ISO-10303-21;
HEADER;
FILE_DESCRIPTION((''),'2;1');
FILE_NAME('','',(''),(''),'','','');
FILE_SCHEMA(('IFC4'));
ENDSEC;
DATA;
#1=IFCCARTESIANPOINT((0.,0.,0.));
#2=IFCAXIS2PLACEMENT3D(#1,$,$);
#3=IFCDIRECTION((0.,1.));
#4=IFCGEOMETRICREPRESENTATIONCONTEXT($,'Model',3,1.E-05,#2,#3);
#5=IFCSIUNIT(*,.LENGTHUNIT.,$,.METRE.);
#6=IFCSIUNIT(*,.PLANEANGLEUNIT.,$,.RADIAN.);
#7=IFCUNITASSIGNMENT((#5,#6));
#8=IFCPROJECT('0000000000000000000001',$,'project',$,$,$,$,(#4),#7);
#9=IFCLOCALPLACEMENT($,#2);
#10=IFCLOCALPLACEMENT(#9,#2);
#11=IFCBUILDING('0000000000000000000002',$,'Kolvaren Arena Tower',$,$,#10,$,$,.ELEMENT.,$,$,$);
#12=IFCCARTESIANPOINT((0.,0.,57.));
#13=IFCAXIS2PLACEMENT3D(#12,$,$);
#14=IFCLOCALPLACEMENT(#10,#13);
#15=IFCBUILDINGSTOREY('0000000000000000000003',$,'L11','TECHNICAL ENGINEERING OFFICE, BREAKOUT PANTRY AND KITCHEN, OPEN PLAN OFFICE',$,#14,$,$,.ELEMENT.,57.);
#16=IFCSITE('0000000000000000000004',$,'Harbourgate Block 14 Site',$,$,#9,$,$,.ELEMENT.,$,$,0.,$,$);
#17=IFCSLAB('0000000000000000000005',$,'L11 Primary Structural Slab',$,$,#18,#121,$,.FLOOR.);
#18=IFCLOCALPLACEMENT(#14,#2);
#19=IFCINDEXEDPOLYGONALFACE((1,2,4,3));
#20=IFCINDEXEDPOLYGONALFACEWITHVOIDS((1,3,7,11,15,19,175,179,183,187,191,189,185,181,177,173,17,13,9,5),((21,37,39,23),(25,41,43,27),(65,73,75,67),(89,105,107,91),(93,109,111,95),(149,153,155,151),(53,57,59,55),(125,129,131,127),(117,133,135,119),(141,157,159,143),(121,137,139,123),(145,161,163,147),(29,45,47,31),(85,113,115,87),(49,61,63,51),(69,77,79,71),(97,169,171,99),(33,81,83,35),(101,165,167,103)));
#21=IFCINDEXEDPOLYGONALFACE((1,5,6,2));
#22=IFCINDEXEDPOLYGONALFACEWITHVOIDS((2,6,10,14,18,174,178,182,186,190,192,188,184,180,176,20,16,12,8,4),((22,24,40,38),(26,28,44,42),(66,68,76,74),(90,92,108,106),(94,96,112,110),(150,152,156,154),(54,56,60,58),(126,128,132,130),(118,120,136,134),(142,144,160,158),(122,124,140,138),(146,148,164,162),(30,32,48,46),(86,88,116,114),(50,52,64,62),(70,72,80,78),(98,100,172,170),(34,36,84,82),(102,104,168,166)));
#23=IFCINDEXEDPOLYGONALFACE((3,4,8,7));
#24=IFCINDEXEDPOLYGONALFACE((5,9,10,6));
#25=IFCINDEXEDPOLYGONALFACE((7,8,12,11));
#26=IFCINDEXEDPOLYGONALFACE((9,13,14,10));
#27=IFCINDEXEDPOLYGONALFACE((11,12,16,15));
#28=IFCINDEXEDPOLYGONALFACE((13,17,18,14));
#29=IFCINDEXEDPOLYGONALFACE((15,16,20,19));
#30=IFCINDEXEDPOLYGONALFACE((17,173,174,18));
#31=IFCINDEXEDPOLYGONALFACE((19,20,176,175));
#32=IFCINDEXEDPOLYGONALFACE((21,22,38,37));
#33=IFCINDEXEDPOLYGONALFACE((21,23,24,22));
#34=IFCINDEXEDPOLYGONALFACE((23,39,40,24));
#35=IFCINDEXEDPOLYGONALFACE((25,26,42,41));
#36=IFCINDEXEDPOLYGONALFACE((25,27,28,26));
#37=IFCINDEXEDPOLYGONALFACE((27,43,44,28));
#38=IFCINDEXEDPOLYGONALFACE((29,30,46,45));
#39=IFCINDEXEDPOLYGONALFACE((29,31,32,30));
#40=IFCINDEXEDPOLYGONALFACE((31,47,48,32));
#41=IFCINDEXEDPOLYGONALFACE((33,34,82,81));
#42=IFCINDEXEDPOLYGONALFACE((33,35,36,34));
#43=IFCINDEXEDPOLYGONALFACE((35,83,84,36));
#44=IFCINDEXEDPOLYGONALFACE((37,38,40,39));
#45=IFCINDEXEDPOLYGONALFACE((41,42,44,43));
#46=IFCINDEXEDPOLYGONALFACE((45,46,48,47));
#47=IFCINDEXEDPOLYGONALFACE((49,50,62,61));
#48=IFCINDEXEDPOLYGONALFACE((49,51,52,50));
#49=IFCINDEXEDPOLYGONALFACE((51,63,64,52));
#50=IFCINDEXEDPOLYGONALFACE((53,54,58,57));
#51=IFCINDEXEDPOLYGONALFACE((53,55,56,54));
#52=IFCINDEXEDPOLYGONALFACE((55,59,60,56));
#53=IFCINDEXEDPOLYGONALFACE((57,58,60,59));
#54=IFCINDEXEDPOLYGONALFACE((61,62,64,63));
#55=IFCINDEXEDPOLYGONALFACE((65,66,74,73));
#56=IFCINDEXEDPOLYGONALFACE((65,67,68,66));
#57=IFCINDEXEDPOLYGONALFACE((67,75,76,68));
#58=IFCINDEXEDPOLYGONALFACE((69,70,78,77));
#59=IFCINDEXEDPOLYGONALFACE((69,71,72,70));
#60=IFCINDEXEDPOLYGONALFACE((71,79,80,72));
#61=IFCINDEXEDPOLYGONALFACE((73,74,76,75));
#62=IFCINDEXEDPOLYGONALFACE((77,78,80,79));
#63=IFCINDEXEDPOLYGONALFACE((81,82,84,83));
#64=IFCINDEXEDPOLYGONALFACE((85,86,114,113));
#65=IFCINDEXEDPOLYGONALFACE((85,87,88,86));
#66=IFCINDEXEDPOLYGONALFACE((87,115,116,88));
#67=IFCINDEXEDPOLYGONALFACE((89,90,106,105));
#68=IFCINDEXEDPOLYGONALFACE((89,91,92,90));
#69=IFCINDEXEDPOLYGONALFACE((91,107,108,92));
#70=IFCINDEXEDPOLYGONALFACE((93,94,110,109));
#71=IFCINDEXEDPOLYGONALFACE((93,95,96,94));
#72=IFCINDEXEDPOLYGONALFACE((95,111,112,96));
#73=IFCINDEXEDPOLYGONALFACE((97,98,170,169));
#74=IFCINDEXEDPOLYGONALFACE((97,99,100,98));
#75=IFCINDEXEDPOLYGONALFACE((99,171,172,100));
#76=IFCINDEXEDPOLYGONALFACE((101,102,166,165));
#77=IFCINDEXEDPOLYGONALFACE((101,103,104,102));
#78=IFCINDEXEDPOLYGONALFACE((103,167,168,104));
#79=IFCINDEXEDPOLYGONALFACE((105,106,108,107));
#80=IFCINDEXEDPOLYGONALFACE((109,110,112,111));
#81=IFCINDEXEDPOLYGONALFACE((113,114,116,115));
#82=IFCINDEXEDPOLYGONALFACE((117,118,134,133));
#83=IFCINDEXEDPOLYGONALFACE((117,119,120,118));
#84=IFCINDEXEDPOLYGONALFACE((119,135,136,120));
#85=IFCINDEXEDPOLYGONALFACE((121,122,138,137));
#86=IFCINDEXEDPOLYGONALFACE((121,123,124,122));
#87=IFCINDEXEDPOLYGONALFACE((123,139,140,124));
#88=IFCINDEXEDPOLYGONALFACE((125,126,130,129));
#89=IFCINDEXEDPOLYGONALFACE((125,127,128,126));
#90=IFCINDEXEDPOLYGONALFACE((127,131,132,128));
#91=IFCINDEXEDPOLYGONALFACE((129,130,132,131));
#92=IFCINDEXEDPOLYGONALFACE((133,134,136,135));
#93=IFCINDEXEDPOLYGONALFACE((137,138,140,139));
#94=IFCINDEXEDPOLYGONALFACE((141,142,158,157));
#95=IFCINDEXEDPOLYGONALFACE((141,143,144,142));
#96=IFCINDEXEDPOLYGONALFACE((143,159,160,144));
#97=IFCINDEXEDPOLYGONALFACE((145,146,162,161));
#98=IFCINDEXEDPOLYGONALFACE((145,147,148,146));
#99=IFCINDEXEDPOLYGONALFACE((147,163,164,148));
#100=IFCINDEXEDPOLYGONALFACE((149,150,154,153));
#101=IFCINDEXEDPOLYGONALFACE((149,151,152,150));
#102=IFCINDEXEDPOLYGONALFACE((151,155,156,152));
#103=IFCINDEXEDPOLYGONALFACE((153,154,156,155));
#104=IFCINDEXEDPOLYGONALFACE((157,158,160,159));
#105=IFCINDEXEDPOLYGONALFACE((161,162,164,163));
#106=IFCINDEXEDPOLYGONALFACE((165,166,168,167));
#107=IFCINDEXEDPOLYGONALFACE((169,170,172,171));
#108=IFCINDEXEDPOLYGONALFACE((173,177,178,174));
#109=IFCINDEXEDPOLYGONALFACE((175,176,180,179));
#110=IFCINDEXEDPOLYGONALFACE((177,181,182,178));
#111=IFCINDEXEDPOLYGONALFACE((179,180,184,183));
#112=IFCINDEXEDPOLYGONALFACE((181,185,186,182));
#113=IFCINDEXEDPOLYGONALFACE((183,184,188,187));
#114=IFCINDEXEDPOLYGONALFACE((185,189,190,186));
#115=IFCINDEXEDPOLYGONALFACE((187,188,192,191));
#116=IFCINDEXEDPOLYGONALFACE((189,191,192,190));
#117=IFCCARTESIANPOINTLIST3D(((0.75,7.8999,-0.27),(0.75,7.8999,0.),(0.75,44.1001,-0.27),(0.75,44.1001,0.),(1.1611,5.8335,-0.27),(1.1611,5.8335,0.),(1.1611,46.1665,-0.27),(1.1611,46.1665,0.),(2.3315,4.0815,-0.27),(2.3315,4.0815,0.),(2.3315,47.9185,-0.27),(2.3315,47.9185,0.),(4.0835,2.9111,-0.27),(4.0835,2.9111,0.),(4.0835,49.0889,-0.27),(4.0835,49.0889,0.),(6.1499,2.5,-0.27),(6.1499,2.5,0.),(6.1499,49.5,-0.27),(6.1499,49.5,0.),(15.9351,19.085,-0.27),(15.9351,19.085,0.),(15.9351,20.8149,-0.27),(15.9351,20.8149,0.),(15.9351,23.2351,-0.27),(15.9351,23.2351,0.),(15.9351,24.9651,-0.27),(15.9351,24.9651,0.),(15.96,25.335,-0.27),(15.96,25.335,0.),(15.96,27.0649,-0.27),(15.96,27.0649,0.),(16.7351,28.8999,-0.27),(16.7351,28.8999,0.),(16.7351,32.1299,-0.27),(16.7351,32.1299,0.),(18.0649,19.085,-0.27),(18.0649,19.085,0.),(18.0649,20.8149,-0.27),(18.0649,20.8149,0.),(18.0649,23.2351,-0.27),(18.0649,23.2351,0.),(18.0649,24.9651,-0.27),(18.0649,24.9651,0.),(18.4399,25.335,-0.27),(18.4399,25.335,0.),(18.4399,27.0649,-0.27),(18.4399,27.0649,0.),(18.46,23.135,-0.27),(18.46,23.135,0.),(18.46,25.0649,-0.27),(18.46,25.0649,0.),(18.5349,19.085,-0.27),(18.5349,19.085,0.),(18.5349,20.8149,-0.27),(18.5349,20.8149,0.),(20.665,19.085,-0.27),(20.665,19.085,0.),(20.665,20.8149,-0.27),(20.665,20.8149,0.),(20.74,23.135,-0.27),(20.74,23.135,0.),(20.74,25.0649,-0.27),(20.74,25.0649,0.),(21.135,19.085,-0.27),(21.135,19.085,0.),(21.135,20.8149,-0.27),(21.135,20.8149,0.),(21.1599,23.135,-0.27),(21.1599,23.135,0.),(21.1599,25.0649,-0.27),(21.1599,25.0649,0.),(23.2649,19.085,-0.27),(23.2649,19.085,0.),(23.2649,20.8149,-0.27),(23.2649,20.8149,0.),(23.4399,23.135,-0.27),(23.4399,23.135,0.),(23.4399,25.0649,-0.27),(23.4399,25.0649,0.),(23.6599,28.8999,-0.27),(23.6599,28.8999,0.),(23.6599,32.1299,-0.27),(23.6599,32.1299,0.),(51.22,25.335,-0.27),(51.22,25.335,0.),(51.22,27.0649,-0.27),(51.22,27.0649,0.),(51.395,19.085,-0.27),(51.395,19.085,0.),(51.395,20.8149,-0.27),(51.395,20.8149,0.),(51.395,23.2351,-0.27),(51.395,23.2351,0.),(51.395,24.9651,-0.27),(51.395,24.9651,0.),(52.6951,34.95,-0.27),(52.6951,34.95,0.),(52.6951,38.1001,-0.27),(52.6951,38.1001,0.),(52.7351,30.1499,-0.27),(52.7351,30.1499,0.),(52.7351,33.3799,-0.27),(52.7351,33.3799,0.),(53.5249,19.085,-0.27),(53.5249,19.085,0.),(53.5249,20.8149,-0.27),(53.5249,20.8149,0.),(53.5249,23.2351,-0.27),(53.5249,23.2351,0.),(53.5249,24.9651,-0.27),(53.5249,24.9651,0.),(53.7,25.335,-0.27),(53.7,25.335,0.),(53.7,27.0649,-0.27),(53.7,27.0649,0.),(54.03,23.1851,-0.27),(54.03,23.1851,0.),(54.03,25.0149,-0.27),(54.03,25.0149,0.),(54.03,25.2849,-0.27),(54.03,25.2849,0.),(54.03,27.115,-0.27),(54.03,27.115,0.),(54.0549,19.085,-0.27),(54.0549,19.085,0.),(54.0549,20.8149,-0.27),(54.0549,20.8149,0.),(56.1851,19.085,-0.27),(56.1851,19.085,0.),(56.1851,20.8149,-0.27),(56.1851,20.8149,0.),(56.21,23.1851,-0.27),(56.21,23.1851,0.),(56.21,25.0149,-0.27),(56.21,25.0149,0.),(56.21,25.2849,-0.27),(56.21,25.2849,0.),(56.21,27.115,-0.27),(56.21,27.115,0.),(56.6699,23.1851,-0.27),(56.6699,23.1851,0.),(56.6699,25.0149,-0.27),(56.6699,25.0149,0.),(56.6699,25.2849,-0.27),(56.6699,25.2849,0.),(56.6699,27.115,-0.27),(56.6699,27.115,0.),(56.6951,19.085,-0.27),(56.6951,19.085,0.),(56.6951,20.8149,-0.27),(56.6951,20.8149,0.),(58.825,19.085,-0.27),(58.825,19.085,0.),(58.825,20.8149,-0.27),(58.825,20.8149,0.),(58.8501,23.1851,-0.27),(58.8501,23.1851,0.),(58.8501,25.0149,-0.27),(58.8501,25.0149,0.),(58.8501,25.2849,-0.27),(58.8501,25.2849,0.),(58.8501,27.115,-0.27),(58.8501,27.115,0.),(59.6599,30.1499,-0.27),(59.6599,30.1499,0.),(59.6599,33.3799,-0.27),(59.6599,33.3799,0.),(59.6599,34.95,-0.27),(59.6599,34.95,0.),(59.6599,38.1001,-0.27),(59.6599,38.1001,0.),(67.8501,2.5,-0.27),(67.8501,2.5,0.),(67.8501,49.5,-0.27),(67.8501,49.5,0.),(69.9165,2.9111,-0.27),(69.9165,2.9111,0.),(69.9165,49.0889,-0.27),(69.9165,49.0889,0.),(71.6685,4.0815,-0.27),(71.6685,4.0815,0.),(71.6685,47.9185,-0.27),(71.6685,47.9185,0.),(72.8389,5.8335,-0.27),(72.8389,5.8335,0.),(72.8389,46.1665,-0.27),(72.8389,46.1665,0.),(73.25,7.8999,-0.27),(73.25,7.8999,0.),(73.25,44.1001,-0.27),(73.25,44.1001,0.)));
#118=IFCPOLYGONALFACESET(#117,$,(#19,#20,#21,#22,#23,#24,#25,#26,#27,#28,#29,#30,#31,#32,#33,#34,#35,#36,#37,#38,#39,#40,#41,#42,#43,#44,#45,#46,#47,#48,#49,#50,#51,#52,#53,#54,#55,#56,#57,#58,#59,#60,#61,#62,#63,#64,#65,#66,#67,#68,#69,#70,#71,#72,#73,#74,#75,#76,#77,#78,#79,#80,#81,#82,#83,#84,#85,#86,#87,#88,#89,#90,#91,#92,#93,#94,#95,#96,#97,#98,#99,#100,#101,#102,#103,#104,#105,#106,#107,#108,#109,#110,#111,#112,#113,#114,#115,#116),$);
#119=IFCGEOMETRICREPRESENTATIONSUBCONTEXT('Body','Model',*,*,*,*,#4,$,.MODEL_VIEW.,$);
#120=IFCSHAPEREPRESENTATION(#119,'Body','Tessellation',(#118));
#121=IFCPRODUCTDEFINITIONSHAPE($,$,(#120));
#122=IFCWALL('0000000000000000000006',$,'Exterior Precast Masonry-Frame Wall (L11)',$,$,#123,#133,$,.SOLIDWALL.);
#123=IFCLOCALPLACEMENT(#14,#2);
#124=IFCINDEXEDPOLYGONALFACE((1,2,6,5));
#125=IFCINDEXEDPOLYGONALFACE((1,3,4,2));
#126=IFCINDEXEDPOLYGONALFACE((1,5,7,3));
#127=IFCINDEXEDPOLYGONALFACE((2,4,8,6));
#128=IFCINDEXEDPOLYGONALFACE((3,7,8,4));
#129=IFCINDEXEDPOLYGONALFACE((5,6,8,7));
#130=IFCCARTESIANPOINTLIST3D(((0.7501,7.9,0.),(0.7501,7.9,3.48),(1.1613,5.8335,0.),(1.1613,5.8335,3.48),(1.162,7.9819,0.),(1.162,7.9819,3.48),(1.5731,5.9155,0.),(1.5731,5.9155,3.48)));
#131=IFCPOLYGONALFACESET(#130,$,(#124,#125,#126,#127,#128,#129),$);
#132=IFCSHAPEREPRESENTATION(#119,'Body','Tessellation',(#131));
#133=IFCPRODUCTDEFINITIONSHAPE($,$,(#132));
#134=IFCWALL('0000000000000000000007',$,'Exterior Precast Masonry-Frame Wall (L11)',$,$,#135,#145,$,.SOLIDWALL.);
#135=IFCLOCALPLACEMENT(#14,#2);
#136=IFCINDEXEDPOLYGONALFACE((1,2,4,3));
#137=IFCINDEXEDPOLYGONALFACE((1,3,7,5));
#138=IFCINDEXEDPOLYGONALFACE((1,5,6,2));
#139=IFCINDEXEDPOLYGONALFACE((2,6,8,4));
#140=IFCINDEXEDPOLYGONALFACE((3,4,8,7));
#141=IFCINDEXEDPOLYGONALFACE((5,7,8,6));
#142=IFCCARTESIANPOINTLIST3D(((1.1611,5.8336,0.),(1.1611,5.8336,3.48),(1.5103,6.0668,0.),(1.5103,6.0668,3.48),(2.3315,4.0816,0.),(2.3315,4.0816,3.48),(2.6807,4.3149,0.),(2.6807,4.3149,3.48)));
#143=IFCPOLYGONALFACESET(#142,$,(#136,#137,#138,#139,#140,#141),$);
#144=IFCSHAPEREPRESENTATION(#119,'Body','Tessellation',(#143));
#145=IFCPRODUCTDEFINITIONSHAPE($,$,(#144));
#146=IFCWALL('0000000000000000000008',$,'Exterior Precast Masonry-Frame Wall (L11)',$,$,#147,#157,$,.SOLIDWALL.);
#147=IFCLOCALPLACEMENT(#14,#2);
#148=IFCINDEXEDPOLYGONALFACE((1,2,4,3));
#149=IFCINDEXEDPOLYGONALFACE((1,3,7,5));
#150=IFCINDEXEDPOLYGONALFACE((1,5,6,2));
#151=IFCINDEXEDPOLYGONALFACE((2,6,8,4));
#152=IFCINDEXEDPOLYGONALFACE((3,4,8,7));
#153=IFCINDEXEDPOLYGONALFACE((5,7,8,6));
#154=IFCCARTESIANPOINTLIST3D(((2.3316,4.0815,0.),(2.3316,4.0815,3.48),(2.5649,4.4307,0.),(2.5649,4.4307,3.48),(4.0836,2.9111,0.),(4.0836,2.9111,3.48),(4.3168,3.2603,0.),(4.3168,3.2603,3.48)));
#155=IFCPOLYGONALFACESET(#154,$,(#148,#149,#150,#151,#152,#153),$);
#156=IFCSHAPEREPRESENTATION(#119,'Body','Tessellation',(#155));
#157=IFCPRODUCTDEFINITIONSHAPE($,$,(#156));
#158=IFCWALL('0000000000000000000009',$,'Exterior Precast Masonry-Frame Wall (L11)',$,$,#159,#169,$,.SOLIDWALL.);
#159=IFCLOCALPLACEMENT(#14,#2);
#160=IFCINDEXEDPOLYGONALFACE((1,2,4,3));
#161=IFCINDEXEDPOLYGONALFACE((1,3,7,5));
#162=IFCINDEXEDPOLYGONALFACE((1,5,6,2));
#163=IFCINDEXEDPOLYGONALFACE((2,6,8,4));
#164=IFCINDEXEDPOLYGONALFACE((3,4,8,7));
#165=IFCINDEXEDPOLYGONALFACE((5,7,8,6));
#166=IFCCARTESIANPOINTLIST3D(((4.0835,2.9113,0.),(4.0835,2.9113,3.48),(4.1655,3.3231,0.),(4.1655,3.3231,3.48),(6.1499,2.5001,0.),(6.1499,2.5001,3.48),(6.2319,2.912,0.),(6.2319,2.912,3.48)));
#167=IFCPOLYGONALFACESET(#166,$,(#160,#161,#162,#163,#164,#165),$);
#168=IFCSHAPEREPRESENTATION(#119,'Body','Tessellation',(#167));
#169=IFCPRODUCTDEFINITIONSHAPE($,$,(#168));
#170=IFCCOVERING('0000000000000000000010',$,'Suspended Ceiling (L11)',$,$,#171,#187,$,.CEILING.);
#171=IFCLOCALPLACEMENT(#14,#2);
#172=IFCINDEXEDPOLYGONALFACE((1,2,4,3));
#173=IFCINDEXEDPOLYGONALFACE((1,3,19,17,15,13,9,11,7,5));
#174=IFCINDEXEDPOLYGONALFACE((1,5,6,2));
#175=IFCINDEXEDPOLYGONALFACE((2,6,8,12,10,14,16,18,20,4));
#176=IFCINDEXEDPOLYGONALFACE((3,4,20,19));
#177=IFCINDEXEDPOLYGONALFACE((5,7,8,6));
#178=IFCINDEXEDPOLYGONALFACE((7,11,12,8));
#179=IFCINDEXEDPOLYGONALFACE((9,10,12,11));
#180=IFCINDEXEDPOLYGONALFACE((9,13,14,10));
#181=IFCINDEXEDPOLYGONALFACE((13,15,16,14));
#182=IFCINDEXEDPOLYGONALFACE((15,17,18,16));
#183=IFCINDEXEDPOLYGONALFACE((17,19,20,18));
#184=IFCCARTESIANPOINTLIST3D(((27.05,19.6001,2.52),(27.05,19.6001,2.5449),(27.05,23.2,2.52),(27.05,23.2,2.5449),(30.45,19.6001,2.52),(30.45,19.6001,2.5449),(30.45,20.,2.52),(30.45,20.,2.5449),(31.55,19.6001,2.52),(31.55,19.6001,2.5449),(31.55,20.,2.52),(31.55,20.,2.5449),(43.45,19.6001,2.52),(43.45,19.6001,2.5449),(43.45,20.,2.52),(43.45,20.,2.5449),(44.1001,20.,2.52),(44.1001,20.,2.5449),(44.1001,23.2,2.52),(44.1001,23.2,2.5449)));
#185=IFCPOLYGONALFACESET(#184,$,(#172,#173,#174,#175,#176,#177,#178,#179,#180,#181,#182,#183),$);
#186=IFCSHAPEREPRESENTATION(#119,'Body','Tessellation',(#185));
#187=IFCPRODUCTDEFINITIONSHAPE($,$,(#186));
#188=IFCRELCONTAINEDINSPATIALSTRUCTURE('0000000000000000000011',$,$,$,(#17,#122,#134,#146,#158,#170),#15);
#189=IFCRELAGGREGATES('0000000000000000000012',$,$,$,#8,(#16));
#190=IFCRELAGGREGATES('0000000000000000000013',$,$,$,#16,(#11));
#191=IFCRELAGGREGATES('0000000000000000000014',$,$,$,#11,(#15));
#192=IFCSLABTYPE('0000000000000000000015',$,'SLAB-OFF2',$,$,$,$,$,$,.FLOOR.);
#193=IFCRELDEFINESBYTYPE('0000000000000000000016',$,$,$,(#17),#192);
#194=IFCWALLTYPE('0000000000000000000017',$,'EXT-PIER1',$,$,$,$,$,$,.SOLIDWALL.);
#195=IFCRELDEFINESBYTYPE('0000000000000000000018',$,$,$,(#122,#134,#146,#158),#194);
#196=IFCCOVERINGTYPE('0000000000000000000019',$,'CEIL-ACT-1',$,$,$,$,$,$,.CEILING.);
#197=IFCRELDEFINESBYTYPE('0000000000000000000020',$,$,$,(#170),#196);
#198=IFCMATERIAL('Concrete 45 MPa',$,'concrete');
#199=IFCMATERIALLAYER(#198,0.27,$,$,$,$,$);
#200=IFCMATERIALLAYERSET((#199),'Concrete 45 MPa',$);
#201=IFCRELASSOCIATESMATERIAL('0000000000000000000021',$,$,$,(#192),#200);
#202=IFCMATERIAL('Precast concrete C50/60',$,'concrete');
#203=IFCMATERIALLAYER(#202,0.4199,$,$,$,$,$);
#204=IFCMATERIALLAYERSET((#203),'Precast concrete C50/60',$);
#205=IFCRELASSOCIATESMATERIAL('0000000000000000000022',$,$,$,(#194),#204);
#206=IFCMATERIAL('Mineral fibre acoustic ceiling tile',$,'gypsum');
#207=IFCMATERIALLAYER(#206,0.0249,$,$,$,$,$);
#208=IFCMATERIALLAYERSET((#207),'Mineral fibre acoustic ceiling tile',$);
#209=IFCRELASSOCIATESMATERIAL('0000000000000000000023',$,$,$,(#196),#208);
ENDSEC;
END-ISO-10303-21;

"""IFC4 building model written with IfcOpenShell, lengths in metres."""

from ifc_helpers import new_model, si_unit, direction, frame, frame_2d, origin, place, context, subcontext, project, spatial, polyline, rectangle, outline, extrude, material, layer, layer_set, type_object, element, save


model = new_model("IFC4")

# Units and contexts
model_context = context("Model", 3, precision=1e-05, world=origin(), true_north=direction((0.0, 1.0)))
body_context = subcontext(model_context, "Body", "Model", "MODEL_VIEW")
ifc_project = project(units=[si_unit("LENGTHUNIT", "METRE"), si_unit("PLANEANGLEUNIT", "RADIAN")], contexts=[model_context])

# Site, building, storey
site_placement = place(None, origin())
site = spatial("IfcSite", under=ifc_project, at=site_placement, Name="Harbourgate Block 14 Site", CompositionType="ELEMENT", RefElevation=0.0)
building_placement = place(site_placement, origin())
building = spatial("IfcBuilding", under=site, at=building_placement, Name="Kolvaren Arena Tower", CompositionType="ELEMENT")
storey_placement = place(building_placement, frame((0.0, 0.0, 57.0)))
storey = spatial("IfcBuildingStorey", under=building, at=storey_placement, Name="L11", Description="TECHNICAL ENGINEERING OFFICE, BREAKOUT PANTRY AND KITCHEN, OPEN PLAN OFFICE", CompositionType="ELEMENT", Elevation=57.0)

# Shared definitions
ifc_material_1 = material(Name="Concrete 45 MPa", Category="concrete")

# Slab
ifc_layer_1 = layer(ifc_material_1, 0.27)
ifc_layer_set_1 = layer_set([ifc_layer_1], Name="Concrete 45 MPa")
slab_type_1 = type_object("IfcSlabType", Name="SLAB-OFF2", PredefinedType="FLOOR", material=ifc_layer_set_1)
slab_1_placement = place(storey_placement, frame((0.0, 0.0, -0.27)))
element("IfcSlab", 1, at=slab_1_placement, inside=storey, type_object=slab_type_1, Name="L11 Primary Structural Slab", PredefinedType="FLOOR", context=body_context, shape_type="SweptSolid", body=[
    extrude(outline(polyline([(67.8501, 2.5), (69.9165, 2.9111), (71.6685, 4.0815), (72.8389, 5.8335), (73.25, 7.8999), (73.25, 44.1001), (72.8389, 46.1665), (71.6685, 47.9185), (69.9165, 49.0889), (67.8501, 49.5), (6.1499, 49.5), (4.0835, 49.0889), (2.3315, 47.9185), (1.1611, 46.1665), (0.75, 44.1001), (0.75, 7.8999), (1.1611, 5.8335), (2.3315, 4.0815), (4.0835, 2.9111), (6.1499, 2.5), (67.8501, 2.5)]), holes=[polyline([(15.9351, 19.085), (15.9351, 20.8149), (18.0649, 20.8149), (18.0649, 19.085), (15.9351, 19.085)]), polyline([(18.5349, 19.085), (18.5349, 20.8149), (20.665, 20.8149), (20.665, 19.085), (18.5349, 19.085)]), polyline([(21.135, 19.085), (21.135, 20.8149), (23.2649, 20.8149), (23.2649, 19.085), (21.135, 19.085)]), polyline([(51.395, 19.085), (51.395, 20.8149), (53.5249, 20.8149), (53.5249, 19.085), (51.395, 19.085)]), polyline([(54.0549, 19.085), (54.0549, 20.8149), (56.1851, 20.8149), (56.1851, 19.085), (54.0549, 19.085)]), polyline([(56.6951, 19.085), (56.6951, 20.8149), (58.825, 20.8149), (58.825, 19.085), (56.6951, 19.085)]), polyline([(18.46, 23.135), (18.46, 25.0649), (20.74, 25.0649), (20.74, 23.135), (18.46, 23.135)]), polyline([(21.1599, 23.135), (21.1599, 25.0649), (23.4399, 25.0649), (23.4399, 23.135), (21.1599, 23.135)]), polyline([(54.03, 25.0149), (56.21, 25.0149), (56.21, 23.1851), (54.03, 23.1851), (54.03, 25.0149)]), polyline([(56.6699, 25.0149), (58.8501, 25.0149), (58.8501, 23.1851), (56.6699, 23.1851), (56.6699, 25.0149)]), polyline([(15.9351, 23.2351), (15.9351, 24.9651), (18.0649, 24.9651), (18.0649, 23.2351), (15.9351, 23.2351)]), polyline([(51.395, 24.9651), (53.5249, 24.9651), (53.5249, 23.2351), (51.395, 23.2351), (51.395, 24.9651)]), polyline([(54.03, 25.2849), (54.03, 27.115), (56.21, 27.115), (56.21, 25.2849), (54.03, 25.2849)]), polyline([(56.6699, 25.2849), (56.6699, 27.115), (58.8501, 27.115), (58.8501, 25.2849), (56.6699, 25.2849)]), polyline([(15.96, 27.0649), (18.4399, 27.0649), (18.4399, 25.335), (15.96, 25.335), (15.96, 27.0649)]), polyline([(51.22, 25.335), (51.22, 27.0649), (53.7, 27.0649), (53.7, 25.335), (51.22, 25.335)]), polyline([(16.7351, 28.8999), (16.7351, 32.1299), (23.6599, 32.1299), (23.6599, 28.8999), (16.7351, 28.8999)]), polyline([(52.7351, 33.3799), (59.6599, 33.3799), (59.6599, 30.1499), (52.7351, 30.1499), (52.7351, 33.3799)]), polyline([(52.6951, 38.1001), (59.6599, 38.1001), (59.6599, 34.95), (52.6951, 34.95), (52.6951, 38.1001)])]), origin(), (0.0, 0.0, 1.0), 0.27),
])

# Walls
ifc_material_2 = material(Name="Precast concrete C50/60", Category="concrete")
ifc_layer_2 = layer(ifc_material_2, 0.4199)
ifc_layer_set_2 = layer_set([ifc_layer_2], Name="Precast concrete C50/60")
wall_type = type_object("IfcWallType", Name="EXT-PIER1", PredefinedType="SOLIDWALL", material=ifc_layer_set_2)
for number, where, z_axis, x_axis, name in (
    (2, (1.3672, 5.8745, 0.0), (0.0, 0.0, 1.0), (-0.195136, 0.980776, 0.0), "Exterior Precast Masonry-Frame Wall (L11)"),
    (3, (2.5061, 4.1982, 0.0), (0.0, 0.0, 1.0), (-0.555502, 0.831515, 0.0), "Exterior Precast Masonry-Frame Wall (L11)"),
    (4, (4.2002, 3.0857, 0.0), (0.0, 0.0, 1.0), (-0.831515, 0.555502, 0.0), "Exterior Precast Masonry-Frame Wall (L11)"),
    (5, (6.1909, 2.7061, 0.0), (0.0, 0.0, 1.0), (-0.980776, 0.195136, 0.0), "Exterior Precast Masonry-Frame Wall (L11)"),
):
    element("IfcWall", number, at=place(storey_placement, frame(where, z_axis=z_axis, x_axis=x_axis)), inside=storey, type_object=wall_type, Name=name, PredefinedType="SOLIDWALL", context=body_context, shape_type="SweptSolid", body=[
        extrude(rectangle(XDim=2.1069, YDim=0.4199, at=frame_2d((1.0535, 0.0))), origin(), (0.0, 0.0, 1.0), 3.48),
    ])

# Covering
ifc_material_3 = material(Name="Mineral fibre acoustic ceiling tile", Category="gypsum")
ifc_layer_3 = layer(ifc_material_3, 0.0249)
ifc_layer_set_3 = layer_set([ifc_layer_3], Name="Mineral fibre acoustic ceiling tile")
covering_type_1 = type_object("IfcCoveringType", Name="CEIL-ACT-1", PredefinedType="CEILING", material=ifc_layer_set_3)
covering_1_placement = place(storey_placement, frame((0.0, 0.0, 2.52)))
element("IfcCovering", 6, at=covering_1_placement, inside=storey, type_object=covering_type_1, Name="Suspended Ceiling (L11)", PredefinedType="CEILING", context=body_context, shape_type="SweptSolid", body=[
    extrude(outline(polyline([(27.05, 19.6001), (27.05, 23.2), (44.1001, 23.2), (44.1001, 20.0), (43.45, 20.0), (43.45, 19.6001), (31.55, 19.6001), (31.55, 20.0), (30.45, 20.0), (30.45, 19.6001), (27.05, 19.6001)])), origin(), (0.0, 0.0, 1.0), 0.0249),
])

save(model, "model.ifc")
